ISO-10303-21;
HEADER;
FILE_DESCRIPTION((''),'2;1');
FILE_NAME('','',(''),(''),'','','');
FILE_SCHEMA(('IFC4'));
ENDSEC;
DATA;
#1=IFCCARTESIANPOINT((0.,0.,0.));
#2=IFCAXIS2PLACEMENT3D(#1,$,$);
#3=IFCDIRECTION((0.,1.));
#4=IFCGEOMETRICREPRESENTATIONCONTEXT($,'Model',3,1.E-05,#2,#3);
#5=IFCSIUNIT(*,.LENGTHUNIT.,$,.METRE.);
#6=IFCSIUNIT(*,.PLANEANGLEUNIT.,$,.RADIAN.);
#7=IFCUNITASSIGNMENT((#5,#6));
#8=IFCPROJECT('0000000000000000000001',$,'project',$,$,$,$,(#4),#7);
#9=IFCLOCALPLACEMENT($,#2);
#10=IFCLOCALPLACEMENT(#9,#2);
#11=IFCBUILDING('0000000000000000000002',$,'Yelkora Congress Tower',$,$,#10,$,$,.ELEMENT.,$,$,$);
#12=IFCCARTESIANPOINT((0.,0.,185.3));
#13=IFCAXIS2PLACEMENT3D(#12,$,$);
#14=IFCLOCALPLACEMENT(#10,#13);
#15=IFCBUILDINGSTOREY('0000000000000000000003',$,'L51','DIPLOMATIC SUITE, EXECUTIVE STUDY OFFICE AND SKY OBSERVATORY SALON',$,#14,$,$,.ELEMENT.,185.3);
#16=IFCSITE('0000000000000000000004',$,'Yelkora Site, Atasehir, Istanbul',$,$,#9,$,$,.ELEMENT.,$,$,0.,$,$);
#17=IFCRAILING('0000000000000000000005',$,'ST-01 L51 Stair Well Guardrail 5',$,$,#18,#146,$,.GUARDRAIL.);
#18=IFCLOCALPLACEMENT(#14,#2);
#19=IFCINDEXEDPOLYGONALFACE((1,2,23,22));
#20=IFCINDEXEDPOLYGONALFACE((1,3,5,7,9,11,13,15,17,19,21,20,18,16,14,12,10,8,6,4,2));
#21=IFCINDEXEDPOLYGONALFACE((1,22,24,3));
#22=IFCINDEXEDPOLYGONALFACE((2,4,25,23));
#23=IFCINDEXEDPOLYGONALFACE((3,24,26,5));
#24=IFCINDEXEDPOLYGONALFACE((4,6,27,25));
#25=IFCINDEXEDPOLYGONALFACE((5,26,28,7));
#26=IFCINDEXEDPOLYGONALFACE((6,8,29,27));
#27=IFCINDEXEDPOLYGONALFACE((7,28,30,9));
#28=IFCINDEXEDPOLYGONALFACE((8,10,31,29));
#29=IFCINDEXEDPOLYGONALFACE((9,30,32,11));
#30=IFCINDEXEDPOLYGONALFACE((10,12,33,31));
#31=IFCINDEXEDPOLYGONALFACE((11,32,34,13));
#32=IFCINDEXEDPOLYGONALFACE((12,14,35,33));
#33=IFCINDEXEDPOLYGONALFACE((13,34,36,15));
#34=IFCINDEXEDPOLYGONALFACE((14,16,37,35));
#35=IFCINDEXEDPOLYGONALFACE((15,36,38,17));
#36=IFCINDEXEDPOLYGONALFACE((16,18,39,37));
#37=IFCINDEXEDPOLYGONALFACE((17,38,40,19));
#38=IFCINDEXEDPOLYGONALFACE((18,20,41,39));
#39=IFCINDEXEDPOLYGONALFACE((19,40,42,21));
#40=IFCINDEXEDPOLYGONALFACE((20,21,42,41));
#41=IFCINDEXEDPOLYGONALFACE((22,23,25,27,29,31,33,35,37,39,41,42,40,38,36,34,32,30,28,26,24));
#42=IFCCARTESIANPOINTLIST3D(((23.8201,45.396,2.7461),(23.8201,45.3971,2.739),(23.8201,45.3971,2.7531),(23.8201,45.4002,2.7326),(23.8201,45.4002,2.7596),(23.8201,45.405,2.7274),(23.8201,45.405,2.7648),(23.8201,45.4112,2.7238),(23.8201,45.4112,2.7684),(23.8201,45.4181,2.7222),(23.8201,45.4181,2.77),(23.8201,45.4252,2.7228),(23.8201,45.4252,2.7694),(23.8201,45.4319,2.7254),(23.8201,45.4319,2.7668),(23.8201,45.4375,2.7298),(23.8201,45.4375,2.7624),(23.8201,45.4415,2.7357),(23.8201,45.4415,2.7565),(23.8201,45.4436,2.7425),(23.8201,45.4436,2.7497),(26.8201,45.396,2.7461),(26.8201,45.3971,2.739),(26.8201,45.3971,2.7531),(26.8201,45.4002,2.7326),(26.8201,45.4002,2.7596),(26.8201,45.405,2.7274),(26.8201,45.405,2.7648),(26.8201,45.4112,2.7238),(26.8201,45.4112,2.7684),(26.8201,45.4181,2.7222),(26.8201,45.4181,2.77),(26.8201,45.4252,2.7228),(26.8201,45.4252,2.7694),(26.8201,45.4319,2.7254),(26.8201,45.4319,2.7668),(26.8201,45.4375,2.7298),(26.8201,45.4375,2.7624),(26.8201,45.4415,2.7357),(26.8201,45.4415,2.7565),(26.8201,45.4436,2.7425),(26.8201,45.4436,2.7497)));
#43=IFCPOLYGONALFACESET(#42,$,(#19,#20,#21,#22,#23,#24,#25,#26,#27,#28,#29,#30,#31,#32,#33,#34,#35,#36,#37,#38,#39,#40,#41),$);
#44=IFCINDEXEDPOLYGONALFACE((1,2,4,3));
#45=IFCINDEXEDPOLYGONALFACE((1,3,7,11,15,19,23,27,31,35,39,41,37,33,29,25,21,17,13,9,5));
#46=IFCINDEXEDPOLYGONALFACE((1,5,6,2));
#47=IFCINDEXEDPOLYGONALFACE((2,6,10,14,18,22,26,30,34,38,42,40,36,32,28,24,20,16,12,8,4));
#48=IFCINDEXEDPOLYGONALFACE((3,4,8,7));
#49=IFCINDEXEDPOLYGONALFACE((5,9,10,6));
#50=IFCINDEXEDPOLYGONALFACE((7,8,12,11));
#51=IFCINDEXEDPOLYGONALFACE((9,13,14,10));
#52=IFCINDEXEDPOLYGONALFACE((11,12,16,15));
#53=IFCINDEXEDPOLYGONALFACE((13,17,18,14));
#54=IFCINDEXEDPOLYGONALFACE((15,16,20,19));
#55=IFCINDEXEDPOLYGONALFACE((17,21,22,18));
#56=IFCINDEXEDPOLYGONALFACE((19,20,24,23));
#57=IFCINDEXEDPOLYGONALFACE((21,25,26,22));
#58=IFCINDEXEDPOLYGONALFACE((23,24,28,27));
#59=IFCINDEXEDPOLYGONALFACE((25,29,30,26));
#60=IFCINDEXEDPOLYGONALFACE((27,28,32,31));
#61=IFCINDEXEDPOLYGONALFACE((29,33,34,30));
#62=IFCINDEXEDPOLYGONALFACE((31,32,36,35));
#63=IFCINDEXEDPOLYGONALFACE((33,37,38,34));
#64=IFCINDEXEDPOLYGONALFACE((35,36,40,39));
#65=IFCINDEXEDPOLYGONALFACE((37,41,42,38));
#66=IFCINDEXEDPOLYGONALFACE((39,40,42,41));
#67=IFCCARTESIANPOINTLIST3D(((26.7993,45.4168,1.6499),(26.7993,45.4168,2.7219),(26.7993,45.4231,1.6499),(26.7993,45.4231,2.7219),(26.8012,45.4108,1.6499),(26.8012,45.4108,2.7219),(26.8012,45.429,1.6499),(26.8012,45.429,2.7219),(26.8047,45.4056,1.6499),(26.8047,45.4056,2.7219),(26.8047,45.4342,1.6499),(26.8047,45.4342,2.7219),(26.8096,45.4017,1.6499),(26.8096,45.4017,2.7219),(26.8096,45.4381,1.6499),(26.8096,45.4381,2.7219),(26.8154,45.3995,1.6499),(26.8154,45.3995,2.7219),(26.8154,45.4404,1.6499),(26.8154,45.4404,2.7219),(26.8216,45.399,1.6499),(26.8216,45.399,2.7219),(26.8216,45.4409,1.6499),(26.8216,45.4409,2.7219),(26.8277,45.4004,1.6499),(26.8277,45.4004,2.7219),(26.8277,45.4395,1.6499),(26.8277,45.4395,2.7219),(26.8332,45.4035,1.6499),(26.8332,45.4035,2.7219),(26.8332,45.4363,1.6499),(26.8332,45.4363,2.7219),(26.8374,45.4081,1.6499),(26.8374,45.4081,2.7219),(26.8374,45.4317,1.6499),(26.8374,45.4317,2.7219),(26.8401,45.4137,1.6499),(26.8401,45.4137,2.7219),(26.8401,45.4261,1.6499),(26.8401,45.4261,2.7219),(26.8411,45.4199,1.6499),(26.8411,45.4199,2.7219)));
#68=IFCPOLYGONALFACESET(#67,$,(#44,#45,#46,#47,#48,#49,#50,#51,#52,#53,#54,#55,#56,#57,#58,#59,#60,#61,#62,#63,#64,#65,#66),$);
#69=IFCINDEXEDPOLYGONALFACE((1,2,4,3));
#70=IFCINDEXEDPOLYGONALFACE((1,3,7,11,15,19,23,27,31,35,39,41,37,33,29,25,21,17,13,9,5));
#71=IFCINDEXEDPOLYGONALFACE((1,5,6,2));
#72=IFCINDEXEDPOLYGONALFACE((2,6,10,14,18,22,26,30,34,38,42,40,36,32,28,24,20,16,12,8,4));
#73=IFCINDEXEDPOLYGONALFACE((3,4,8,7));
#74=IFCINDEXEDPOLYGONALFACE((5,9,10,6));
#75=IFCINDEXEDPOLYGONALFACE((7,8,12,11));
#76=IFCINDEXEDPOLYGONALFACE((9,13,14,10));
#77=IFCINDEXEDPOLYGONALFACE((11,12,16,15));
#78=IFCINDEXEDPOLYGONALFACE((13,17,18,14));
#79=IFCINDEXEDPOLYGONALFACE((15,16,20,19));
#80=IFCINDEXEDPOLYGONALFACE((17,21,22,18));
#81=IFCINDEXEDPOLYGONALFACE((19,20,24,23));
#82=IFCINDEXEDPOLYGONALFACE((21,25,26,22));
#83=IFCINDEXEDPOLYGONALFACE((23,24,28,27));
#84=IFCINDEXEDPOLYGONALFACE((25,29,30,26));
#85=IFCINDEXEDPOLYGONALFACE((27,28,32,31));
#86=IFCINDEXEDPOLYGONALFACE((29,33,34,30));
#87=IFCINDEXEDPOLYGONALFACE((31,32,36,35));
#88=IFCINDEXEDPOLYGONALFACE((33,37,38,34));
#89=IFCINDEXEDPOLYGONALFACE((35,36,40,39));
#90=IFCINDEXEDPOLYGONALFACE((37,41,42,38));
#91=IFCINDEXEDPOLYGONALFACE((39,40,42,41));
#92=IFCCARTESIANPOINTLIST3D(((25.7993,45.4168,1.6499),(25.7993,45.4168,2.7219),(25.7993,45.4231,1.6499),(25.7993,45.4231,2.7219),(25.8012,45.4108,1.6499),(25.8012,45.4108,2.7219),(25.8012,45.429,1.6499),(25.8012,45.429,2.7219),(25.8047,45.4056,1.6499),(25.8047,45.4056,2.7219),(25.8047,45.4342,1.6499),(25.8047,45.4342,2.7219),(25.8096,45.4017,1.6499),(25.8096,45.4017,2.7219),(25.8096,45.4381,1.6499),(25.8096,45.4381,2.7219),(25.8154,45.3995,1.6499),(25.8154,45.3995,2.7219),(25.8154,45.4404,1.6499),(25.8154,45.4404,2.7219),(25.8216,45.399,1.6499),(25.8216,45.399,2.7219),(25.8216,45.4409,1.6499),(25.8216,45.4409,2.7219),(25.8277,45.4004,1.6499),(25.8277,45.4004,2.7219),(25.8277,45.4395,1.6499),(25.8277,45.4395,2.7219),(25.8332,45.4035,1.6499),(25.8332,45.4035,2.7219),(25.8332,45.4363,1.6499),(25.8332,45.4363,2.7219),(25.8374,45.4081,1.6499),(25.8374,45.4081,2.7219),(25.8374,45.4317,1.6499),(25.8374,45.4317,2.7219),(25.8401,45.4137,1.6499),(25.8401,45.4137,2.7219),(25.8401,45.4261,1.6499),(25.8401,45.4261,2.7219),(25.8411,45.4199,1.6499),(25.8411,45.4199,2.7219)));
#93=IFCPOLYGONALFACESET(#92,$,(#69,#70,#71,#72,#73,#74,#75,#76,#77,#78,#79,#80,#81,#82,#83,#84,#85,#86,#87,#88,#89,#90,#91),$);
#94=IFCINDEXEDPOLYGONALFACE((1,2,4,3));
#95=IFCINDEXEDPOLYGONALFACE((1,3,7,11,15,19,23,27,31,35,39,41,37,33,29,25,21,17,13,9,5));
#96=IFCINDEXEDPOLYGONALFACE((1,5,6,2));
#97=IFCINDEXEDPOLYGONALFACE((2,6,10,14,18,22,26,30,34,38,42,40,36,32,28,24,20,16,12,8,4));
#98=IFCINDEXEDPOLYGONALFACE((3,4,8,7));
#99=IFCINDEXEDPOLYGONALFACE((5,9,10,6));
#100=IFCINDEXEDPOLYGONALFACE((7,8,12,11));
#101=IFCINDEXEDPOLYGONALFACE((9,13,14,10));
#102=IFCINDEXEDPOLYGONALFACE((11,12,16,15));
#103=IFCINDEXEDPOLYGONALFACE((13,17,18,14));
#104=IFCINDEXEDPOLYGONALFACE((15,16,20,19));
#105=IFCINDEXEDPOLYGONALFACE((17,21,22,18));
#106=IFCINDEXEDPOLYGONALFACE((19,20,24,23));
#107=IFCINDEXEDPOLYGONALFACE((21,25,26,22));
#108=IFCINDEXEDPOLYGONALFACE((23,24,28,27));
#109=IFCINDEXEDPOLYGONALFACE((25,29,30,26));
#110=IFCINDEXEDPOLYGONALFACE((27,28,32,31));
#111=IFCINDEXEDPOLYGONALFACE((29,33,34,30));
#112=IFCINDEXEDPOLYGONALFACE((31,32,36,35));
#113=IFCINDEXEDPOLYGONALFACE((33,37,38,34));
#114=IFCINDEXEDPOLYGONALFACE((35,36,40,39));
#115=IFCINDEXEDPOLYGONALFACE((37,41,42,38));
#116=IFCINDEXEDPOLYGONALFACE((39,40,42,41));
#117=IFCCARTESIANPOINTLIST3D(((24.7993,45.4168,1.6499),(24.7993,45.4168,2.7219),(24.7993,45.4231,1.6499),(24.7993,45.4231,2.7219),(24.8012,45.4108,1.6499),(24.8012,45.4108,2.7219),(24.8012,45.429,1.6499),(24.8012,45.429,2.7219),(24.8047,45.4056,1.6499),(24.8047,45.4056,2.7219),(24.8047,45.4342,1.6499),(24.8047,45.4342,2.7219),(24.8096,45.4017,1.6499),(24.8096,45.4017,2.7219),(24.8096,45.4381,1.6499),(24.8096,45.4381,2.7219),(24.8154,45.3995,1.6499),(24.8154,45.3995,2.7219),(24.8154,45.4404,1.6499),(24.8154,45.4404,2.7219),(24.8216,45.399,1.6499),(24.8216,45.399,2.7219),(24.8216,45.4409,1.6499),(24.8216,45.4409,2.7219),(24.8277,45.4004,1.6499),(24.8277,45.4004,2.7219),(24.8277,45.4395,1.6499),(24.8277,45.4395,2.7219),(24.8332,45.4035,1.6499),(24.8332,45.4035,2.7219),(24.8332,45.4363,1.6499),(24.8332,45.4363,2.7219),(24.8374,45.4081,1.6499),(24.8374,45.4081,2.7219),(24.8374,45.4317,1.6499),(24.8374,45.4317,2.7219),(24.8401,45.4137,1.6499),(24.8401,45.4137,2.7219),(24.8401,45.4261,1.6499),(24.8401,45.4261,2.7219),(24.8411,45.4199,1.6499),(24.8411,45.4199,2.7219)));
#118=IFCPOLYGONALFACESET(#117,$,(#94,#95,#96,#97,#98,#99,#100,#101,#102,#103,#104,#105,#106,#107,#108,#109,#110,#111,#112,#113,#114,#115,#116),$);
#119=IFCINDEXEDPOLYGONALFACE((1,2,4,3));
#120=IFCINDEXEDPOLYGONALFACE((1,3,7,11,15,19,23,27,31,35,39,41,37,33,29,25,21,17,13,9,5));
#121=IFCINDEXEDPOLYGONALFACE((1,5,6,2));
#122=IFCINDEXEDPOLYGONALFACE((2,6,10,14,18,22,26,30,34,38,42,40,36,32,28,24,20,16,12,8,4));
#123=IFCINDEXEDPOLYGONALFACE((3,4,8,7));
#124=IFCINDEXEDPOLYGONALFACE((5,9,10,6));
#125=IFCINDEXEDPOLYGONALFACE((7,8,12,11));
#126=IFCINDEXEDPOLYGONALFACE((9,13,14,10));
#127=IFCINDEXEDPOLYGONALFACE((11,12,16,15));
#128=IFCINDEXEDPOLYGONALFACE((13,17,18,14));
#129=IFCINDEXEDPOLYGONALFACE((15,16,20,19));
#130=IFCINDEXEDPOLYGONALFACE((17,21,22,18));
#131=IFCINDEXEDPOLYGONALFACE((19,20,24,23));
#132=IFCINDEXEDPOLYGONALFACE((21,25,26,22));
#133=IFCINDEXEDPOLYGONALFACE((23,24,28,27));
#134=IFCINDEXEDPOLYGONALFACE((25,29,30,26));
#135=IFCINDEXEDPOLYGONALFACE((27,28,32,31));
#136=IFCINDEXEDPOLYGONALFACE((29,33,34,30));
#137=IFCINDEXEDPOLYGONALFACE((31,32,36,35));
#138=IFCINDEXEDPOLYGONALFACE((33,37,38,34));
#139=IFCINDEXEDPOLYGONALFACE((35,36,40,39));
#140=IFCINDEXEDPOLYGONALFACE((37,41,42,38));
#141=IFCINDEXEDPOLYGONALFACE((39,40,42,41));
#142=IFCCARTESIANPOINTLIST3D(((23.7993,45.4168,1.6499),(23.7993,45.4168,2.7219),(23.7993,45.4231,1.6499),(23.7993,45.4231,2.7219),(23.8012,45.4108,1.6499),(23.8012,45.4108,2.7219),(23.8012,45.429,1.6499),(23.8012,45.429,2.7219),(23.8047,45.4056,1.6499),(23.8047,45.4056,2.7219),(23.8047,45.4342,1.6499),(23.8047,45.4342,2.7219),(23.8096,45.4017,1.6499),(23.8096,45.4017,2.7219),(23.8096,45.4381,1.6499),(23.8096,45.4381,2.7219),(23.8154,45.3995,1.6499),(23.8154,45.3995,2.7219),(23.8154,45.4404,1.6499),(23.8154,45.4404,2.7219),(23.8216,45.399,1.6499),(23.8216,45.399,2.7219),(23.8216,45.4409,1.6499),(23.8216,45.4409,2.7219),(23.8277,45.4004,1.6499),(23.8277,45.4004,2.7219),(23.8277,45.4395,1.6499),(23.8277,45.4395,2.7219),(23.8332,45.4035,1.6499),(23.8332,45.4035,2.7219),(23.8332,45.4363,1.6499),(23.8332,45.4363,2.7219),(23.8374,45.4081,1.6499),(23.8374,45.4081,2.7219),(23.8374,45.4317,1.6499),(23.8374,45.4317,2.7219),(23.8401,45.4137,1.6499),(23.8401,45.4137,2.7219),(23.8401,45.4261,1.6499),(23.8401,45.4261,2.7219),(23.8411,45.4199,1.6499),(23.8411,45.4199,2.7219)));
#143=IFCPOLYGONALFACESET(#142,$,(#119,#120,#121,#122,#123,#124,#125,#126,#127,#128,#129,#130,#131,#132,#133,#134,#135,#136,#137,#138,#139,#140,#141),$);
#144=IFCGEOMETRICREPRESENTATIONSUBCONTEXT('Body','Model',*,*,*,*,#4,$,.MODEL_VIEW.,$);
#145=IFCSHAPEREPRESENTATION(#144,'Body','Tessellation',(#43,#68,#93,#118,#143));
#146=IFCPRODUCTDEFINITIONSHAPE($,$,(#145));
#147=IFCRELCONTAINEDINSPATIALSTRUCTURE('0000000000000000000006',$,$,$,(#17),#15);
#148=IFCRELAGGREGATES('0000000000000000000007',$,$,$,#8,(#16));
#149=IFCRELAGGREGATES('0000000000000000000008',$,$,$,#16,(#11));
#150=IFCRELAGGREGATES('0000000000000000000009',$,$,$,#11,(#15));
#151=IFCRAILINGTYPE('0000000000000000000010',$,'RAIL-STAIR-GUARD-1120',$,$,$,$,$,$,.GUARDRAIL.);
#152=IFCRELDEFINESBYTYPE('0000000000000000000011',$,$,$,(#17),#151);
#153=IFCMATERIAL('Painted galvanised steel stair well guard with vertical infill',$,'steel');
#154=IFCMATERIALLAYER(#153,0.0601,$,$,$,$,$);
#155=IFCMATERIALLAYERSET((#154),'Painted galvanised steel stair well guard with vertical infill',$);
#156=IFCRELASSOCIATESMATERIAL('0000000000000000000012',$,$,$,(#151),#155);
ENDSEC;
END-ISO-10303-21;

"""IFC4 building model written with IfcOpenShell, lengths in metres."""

from ifc_helpers import new_model, si_unit, direction, frame, origin, origin_2d, place, context, subcontext, project, spatial, circle, extrude, material, layer, layer_set, type_object, element, save


model = new_model("IFC4")

# Units and contexts
model_context = context("Model", 3, precision=1e-05, world=origin(), true_north=direction((0.0, 1.0)))
body_context = subcontext(model_context, "Body", "Model", "MODEL_VIEW")
ifc_project = project(units=[si_unit("LENGTHUNIT", "METRE"), si_unit("PLANEANGLEUNIT", "RADIAN")], contexts=[model_context])

# Site, building, storey
site_placement = place(None, origin())
site = spatial("IfcSite", under=ifc_project, at=site_placement, Name="Yelkora Site, Atasehir, Istanbul", CompositionType="ELEMENT", RefElevation=0.0)
building_placement = place(site_placement, origin())
building = spatial("IfcBuilding", under=site, at=building_placement, Name="Yelkora Congress Tower", CompositionType="ELEMENT")
storey_placement = place(building_placement, frame((0.0, 0.0, 185.3)))
storey = spatial("IfcBuildingStorey", under=building, at=storey_placement, Name="L51", Description="DIPLOMATIC SUITE, EXECUTIVE STUDY OFFICE AND SKY OBSERVATORY SALON", CompositionType="ELEMENT", Elevation=185.3)

# Railing
ifc_material_1 = material(Name="Painted galvanised steel stair well guard with vertical infill", Category="steel")
ifc_layer_1 = layer(ifc_material_1, 0.0601)
ifc_layer_set_1 = layer_set([ifc_layer_1], Name="Painted galvanised steel stair well guard with vertical infill")
railing_type = type_object("IfcRailingType", Name="RAIL-STAIR-GUARD-1120", PredefinedType="GUARDRAIL", material=ifc_layer_set_1)
railing_1_placement = place(storey_placement, frame((26.8201, 45.4199, 1.6499)))
element("IfcRailing", 1, at=railing_1_placement, inside=storey, type_object=railing_type, Name="ST-01 L51 Stair Well Guardrail 5", PredefinedType="GUARDRAIL", context=body_context, shape_type="SweptSolid", body=[
    extrude(circle(Radius=0.0239, at=origin_2d()), frame((0.0, 0.0, 1.0962), z_axis=(-1.0, 0.0, 0.0), x_axis=(0.0, -1.0, 0.0)), (0.0, 0.0, 1.0), 3.0),
    extrude(circle(Radius=0.021, at=origin_2d()), origin(), (0.0, 0.0, 1.0), 1.072),
    extrude(circle(Radius=0.021, at=origin_2d()), frame((-1.0, 0.0, 0.0)), (0.0, 0.0, 1.0), 1.072),
    extrude(circle(Radius=0.021, at=origin_2d()), frame((-2.0, 0.0, 0.0)), (0.0, 0.0, 1.0), 1.072),
    extrude(circle(Radius=0.021, at=origin_2d()), frame((-3.0, 0.0, 0.0)), (0.0, 0.0, 1.0), 1.072),
])

save(model, "model.ifc")
